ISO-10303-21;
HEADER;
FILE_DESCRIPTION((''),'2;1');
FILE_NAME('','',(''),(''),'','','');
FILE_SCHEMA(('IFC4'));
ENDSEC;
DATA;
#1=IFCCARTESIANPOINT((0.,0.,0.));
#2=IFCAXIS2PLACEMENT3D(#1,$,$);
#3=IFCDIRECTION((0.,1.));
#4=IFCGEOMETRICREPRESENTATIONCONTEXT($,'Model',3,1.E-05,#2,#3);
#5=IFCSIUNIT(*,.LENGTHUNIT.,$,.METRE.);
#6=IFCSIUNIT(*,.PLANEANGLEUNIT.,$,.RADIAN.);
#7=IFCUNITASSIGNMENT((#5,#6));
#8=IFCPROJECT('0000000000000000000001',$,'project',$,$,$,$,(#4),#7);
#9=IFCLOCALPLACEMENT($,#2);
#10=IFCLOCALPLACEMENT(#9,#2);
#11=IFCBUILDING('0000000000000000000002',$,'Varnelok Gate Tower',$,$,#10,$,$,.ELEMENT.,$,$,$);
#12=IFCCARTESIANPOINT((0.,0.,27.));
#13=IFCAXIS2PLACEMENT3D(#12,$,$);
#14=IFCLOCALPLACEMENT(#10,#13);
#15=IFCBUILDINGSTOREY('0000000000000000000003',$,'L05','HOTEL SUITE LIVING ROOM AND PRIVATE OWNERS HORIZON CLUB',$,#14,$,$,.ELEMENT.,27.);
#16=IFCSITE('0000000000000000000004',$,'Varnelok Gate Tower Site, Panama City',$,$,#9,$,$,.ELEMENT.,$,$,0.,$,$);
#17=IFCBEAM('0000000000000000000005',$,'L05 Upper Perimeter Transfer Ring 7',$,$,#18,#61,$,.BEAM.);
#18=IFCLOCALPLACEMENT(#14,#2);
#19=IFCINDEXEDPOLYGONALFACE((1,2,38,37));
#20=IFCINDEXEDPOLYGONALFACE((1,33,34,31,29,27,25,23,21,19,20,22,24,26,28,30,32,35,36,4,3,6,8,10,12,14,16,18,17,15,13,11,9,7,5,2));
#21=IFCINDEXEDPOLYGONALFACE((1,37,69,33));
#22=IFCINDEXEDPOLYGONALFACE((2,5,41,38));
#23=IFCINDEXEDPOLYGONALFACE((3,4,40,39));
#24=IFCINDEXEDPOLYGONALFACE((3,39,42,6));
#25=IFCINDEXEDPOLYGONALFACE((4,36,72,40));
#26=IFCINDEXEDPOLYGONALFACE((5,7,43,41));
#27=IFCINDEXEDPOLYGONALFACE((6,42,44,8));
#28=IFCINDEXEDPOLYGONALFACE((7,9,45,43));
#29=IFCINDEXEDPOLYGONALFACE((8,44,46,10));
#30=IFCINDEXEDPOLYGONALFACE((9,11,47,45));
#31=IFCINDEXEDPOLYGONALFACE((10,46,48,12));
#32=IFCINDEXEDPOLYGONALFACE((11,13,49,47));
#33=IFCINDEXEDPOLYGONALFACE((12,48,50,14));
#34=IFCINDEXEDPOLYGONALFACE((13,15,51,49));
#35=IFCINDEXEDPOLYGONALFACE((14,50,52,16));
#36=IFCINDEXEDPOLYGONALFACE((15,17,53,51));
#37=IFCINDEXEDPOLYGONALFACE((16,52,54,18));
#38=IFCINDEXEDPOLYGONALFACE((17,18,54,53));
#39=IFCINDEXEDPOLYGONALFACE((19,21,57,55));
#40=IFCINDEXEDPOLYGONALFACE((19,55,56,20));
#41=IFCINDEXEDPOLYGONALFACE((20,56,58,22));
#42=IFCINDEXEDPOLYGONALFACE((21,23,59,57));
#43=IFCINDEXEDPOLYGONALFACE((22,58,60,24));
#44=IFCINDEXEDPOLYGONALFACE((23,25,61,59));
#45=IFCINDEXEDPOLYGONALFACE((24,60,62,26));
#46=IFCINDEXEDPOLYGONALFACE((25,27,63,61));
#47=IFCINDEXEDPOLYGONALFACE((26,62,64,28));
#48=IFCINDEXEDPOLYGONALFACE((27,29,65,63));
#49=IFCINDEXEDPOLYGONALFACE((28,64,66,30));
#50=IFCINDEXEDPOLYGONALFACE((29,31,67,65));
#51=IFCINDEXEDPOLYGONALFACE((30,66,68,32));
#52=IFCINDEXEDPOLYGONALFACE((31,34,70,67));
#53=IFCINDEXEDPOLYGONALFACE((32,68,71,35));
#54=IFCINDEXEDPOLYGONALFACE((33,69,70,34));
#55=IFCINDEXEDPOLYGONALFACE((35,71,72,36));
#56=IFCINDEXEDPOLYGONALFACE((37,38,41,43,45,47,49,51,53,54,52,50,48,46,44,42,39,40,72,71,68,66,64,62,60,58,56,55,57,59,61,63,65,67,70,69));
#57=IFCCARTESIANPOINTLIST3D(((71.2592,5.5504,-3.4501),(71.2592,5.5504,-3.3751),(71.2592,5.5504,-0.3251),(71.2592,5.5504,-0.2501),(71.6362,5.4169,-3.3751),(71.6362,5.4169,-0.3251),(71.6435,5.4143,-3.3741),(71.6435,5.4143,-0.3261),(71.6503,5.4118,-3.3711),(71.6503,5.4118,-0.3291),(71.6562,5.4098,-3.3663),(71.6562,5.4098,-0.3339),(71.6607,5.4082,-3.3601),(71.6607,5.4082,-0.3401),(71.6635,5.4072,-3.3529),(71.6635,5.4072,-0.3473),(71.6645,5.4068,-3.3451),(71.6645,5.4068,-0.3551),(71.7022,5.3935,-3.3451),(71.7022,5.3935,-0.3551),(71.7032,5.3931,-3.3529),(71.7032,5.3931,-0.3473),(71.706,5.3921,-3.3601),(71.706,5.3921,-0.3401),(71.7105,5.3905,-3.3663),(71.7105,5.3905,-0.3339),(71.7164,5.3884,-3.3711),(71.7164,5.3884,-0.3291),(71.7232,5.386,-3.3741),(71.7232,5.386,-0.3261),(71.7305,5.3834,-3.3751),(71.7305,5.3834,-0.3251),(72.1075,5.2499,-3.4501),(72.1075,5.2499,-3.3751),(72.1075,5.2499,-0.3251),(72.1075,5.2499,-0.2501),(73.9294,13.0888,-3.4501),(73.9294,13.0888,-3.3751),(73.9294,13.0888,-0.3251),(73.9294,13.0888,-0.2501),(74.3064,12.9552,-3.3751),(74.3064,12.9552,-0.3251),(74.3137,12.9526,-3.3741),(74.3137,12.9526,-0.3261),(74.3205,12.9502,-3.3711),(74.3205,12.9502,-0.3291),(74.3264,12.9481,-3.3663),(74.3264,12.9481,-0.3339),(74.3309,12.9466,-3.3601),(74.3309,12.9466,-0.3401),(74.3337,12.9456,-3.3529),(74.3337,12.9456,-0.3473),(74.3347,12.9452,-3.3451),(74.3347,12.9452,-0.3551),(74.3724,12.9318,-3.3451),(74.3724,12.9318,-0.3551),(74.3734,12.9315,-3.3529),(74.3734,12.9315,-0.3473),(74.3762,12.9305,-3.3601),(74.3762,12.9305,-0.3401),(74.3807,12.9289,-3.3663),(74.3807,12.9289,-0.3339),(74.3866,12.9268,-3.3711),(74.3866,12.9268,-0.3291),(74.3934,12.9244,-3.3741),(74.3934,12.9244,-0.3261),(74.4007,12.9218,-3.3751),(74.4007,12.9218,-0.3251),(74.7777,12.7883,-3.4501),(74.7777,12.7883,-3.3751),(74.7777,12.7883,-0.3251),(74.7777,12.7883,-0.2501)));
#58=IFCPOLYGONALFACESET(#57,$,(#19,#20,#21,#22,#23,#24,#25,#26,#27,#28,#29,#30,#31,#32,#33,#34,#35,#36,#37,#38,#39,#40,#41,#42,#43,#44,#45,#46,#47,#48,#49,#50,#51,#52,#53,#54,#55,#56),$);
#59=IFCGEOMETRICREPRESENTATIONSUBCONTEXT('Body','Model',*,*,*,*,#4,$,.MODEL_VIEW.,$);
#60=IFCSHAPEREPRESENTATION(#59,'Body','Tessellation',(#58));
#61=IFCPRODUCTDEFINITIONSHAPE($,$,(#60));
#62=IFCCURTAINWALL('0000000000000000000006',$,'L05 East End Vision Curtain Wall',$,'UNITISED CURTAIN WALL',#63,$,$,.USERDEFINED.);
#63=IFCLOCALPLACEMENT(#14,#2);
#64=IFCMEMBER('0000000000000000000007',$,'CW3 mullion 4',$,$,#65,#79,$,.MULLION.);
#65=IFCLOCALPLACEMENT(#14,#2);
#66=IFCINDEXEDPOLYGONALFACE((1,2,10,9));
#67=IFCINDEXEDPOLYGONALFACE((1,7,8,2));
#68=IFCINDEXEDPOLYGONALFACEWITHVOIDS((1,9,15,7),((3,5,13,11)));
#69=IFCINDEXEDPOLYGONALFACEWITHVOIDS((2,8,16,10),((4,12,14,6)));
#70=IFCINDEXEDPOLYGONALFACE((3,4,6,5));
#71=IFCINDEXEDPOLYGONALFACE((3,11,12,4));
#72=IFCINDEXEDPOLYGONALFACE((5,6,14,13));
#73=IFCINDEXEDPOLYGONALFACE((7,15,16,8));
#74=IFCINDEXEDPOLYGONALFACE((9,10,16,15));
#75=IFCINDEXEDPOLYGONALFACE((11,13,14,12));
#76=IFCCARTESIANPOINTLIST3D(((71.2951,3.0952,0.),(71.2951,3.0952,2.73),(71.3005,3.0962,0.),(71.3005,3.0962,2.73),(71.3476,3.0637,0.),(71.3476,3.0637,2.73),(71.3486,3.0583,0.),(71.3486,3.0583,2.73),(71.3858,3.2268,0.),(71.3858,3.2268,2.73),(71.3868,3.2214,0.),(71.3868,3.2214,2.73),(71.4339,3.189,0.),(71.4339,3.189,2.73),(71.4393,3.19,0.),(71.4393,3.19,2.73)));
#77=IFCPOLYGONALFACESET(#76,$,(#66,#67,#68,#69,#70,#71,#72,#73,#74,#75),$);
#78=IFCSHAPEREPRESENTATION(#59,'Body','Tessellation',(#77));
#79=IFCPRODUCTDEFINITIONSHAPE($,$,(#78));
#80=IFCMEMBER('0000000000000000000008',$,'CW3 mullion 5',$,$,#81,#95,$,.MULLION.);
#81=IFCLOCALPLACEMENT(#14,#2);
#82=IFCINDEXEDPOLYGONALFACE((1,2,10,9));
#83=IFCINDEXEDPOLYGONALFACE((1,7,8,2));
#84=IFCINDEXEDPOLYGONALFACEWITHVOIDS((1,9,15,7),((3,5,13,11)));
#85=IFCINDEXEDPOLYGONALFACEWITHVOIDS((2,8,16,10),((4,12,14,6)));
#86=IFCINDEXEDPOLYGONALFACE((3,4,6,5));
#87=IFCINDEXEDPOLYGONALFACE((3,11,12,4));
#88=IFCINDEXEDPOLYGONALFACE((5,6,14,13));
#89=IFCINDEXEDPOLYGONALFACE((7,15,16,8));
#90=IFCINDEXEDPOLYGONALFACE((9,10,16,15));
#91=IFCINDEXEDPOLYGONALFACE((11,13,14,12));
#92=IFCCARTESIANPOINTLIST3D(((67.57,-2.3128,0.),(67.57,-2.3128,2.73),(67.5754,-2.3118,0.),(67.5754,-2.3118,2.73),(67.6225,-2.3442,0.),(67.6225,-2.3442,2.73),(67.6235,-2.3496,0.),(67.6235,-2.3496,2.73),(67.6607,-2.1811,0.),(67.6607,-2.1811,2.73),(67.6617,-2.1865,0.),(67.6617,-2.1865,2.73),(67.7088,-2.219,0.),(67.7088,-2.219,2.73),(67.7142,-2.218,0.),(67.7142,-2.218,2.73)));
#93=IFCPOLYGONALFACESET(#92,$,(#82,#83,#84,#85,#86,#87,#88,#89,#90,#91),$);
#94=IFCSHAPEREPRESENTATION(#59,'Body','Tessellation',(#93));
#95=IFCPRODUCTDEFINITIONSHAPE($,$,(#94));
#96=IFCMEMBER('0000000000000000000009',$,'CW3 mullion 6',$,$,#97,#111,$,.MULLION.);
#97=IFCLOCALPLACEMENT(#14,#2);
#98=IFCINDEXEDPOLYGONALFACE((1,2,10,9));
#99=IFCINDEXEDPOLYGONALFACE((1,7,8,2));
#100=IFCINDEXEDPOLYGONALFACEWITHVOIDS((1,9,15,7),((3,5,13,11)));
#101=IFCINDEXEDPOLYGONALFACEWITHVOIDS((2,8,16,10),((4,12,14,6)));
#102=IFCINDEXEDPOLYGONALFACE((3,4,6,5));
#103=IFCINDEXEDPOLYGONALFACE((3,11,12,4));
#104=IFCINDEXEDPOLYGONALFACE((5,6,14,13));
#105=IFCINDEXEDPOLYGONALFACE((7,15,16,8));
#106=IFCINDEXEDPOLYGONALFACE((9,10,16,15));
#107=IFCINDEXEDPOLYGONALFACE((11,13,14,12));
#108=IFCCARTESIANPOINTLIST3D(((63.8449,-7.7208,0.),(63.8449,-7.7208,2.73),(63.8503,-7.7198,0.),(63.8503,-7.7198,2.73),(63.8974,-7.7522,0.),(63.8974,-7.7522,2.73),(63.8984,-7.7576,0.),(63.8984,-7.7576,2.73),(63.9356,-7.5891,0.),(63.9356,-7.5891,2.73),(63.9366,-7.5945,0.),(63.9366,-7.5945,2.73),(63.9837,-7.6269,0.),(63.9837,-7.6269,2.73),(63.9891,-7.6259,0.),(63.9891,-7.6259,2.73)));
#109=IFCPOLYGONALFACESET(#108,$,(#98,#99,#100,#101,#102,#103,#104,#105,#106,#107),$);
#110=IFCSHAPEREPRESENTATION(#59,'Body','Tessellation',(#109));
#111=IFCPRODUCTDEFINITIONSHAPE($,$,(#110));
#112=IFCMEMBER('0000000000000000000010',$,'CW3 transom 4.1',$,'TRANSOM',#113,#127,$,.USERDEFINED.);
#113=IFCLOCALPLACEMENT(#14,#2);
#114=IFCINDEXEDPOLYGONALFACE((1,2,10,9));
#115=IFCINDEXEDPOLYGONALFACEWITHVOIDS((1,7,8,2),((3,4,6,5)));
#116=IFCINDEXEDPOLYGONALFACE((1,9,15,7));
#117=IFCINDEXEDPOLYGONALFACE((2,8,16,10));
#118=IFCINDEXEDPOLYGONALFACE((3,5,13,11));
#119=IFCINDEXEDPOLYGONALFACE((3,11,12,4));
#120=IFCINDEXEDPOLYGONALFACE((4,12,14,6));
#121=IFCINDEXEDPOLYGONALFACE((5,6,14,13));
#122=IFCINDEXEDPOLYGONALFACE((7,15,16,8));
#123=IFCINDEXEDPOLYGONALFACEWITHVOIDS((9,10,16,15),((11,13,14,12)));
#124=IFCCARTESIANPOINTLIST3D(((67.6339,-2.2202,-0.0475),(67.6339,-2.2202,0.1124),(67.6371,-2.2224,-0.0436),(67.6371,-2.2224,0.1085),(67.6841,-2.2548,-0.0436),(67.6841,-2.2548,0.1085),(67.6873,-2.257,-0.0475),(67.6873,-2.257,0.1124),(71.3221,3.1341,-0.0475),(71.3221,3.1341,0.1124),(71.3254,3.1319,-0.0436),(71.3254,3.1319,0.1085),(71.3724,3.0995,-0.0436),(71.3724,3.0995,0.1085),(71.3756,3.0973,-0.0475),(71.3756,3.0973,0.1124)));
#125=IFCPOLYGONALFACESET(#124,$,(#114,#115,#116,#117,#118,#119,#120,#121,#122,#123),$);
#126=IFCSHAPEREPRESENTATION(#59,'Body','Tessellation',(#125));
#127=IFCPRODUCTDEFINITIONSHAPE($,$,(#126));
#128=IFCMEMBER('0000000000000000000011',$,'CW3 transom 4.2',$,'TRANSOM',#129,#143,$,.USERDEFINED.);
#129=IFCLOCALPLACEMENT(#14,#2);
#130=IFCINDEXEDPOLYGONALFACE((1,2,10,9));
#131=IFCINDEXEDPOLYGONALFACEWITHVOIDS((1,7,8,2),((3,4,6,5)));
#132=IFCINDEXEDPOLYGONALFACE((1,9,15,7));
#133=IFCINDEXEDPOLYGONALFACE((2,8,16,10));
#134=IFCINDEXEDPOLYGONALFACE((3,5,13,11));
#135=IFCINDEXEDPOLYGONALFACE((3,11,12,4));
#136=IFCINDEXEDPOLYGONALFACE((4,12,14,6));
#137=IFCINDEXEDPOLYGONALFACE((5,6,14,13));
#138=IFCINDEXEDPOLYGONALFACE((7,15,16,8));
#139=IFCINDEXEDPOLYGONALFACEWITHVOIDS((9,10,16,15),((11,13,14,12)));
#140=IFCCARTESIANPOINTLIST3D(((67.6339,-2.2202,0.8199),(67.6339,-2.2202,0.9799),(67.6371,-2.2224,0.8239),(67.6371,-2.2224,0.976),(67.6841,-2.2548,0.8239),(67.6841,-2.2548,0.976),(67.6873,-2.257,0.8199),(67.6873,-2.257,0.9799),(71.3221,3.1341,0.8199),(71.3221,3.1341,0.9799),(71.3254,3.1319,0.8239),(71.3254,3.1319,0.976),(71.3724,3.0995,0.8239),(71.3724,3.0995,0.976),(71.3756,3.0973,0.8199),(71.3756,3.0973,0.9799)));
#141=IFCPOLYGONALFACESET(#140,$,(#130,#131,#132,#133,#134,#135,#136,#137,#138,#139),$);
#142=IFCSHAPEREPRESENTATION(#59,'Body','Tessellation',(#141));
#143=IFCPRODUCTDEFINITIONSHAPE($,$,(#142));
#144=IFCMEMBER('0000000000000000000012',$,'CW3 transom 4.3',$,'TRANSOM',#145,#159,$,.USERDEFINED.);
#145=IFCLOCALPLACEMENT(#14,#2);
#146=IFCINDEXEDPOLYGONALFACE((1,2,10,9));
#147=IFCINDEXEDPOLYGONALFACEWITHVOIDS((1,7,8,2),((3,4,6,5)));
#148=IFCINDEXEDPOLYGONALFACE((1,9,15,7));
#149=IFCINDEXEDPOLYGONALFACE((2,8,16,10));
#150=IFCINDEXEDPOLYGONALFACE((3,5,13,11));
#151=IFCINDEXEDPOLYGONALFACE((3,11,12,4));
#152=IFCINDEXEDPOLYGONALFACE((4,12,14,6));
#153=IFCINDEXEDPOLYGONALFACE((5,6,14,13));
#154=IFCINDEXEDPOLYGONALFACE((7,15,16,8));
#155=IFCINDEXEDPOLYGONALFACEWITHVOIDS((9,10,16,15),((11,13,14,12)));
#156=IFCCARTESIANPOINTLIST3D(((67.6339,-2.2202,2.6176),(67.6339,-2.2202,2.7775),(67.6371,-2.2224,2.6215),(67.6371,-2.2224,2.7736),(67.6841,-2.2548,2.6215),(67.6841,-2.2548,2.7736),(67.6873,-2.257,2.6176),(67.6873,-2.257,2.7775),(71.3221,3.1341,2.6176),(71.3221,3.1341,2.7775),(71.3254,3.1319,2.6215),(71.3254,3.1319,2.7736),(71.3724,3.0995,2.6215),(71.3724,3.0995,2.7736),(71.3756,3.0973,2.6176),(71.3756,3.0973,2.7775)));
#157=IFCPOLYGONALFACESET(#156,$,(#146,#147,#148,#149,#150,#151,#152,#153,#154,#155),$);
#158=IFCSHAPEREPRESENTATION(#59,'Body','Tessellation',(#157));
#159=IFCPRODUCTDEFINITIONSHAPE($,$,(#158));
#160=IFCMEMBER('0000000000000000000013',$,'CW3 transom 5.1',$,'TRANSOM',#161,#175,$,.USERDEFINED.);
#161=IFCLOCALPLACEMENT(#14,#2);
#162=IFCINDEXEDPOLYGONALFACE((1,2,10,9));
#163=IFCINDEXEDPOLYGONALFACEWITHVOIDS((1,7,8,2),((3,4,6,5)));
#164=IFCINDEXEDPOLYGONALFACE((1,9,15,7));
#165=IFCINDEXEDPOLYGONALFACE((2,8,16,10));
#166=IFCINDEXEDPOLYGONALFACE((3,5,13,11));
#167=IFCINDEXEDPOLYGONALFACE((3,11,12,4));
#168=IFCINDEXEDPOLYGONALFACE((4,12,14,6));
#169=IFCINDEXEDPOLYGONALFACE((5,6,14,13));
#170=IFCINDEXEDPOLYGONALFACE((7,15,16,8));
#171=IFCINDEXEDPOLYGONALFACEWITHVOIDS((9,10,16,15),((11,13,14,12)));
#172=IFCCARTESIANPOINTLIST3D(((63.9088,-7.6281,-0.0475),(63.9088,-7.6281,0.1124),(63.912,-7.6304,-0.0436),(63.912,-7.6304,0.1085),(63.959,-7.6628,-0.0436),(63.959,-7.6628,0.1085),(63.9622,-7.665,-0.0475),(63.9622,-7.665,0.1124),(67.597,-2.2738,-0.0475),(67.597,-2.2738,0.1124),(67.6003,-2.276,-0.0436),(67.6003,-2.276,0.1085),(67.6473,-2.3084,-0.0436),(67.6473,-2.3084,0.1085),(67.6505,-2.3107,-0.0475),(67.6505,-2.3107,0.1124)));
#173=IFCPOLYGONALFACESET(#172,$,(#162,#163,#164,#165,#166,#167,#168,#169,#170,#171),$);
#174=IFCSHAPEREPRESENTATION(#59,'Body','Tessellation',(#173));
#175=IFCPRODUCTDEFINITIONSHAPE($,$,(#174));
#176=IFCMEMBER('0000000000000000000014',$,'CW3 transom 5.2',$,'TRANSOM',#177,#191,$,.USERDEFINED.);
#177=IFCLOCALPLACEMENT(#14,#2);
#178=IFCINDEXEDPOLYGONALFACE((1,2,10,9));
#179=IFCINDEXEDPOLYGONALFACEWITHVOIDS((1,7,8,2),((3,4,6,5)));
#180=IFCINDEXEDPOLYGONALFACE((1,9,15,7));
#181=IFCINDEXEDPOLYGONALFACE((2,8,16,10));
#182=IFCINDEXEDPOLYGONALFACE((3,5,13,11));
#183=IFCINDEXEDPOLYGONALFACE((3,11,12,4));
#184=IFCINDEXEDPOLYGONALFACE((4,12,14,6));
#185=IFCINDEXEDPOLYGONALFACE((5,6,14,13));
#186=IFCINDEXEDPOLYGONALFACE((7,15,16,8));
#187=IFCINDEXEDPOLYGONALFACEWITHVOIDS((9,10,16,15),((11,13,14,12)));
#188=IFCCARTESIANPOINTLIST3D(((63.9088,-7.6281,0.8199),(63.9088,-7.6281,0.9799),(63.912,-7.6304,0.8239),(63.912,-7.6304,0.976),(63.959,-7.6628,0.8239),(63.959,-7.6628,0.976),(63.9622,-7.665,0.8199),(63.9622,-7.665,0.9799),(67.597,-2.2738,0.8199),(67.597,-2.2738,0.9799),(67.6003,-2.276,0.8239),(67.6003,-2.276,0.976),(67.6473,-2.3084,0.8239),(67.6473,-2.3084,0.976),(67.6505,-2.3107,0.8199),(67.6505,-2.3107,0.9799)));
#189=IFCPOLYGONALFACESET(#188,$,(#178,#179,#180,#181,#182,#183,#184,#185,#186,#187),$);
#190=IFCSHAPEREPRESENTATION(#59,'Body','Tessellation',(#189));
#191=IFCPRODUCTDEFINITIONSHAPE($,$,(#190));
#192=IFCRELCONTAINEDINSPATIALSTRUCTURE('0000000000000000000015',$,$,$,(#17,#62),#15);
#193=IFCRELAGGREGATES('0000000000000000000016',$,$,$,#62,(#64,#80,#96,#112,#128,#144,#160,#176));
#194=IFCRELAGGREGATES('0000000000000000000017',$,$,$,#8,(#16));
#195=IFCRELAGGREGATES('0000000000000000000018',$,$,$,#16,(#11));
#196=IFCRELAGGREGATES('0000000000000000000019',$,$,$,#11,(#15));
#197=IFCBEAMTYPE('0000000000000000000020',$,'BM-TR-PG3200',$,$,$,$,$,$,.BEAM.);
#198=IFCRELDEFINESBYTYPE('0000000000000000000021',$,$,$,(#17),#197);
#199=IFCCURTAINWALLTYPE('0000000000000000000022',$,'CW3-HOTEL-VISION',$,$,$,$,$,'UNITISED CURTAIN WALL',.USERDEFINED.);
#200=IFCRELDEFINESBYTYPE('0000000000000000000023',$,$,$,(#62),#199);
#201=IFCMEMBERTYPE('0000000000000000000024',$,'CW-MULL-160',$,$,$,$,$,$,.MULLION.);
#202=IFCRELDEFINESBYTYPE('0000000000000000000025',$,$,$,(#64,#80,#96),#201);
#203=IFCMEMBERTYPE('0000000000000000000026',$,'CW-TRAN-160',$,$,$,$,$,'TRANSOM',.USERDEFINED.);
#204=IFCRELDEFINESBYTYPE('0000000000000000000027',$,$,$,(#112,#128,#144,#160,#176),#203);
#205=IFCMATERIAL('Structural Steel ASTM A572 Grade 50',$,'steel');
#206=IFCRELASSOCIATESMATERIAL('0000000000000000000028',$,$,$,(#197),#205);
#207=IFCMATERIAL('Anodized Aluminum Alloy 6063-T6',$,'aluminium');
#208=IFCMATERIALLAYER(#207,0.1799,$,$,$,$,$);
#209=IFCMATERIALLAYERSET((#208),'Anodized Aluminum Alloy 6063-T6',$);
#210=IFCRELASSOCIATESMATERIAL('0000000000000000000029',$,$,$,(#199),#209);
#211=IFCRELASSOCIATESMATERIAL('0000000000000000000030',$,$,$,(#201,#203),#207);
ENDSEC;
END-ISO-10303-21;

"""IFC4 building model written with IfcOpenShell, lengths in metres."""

from ifc_helpers import new_model, si_unit, direction, frame, origin, origin_2d, place, context, subcontext, project, spatial, hollow_rectangle, i_section, extrude, material, layer, layer_set, material_profile, profile_set, type_object, element, aggregate, save


model = new_model("IFC4")

# Units and contexts
model_context = context("Model", 3, precision=1e-05, world=origin(), true_north=direction((0.0, 1.0)))
body_context = subcontext(model_context, "Body", "Model", "MODEL_VIEW")
ifc_project = project(units=[si_unit("LENGTHUNIT", "METRE"), si_unit("PLANEANGLEUNIT", "RADIAN")], contexts=[model_context])

# Site, building, storey
site_placement = place(None, origin())
site = spatial("IfcSite", under=ifc_project, at=site_placement, Name="Varnelok Gate Tower Site, Panama City", CompositionType="ELEMENT", RefElevation=0.0)
building_placement = place(site_placement, origin())
building = spatial("IfcBuilding", under=site, at=building_placement, Name="Varnelok Gate Tower", CompositionType="ELEMENT")
storey_placement = place(building_placement, frame((0.0, 0.0, 27.0)))
storey = spatial("IfcBuildingStorey", under=building, at=storey_placement, Name="L05", Description="HOTEL SUITE LIVING ROOM AND PRIVATE OWNERS HORIZON CLUB", CompositionType="ELEMENT", Elevation=27.0)

# Beam
ifc_material_1 = material(Name="Structural Steel ASTM A572 Grade 50", Category="steel")
ifc_material_profile_1 = material_profile(ifc_material_1, i_section(OverallWidth=0.8999, OverallDepth=3.2, WebThickness=0.04, FlangeThickness=0.075, FilletRadius=0.03, at=origin_2d()), Name="PG3200X900")
ifc_profile_set_1 = profile_set([ifc_material_profile_1], Name="Structural Steel ASTM A572 Grade 50")
beam_type = type_object("IfcBeamType", Name="BM-TR-PG3200", PredefinedType="BEAM", material=ifc_profile_set_1)
beam_1_placement = place(storey_placement, frame((71.6833, 5.4001, -1.8501), z_axis=(0.333885, 0.942614, 0.0), x_axis=(-0.942614, 0.333885, 0.0)))
element("IfcBeam", 1, at=beam_1_placement, inside=storey, type_object=beam_type, Name="L05 Upper Perimeter Transfer Ring 7", PredefinedType="BEAM", context=body_context, shape_type="SweptSolid", body=[
    extrude(i_section(OverallWidth=0.8999, OverallDepth=3.2, WebThickness=0.04, FlangeThickness=0.075, FilletRadius=0.03, at=origin_2d()), origin(), (0.0, 0.0, 1.0), 7.9973),
])

# Curtain wall, members
ifc_material_2 = material(Name="Anodized Aluminum Alloy 6063-T6", Category="aluminium")
ifc_layer_1 = layer(ifc_material_2, 0.1799)
ifc_layer_set_1 = layer_set([ifc_layer_1], Name="Anodized Aluminum Alloy 6063-T6")
curtain_wall_type = type_object("IfcCurtainWallType", Name="CW3-HOTEL-VISION", ElementType="UNITISED CURTAIN WALL", PredefinedType="USERDEFINED", material=ifc_layer_set_1)
curtain_wall_placement = place(storey_placement, origin())
curtain_wall = element("IfcCurtainWall", 2, at=curtain_wall_placement, inside=storey, type_object=curtain_wall_type, Name="L05 East End Vision Curtain Wall", ObjectType="UNITISED CURTAIN WALL", PredefinedType="USERDEFINED")
ifc_material_profile_2 = material_profile(ifc_material_2, hollow_rectangle(XDim=0.0649, YDim=0.1599, WallThickness=0.0039, at=origin_2d()), Name="ALU160X65X4")
ifc_profile_set_2 = profile_set([ifc_material_profile_2], Name="Anodized Aluminum Alloy 6063-T6")
member_type_1 = type_object("IfcMemberType", Name="CW-MULL-160", PredefinedType="MULLION", material=ifc_profile_set_2)
member_1_placement = place(storey_placement, frame((71.3672, 3.1426, 0.0), z_axis=(0.0, 0.0, 1.0), x_axis=(0.823533, -0.567269, 0.0)))
member_1 = element("IfcMember", 3, at=member_1_placement, type_object=member_type_1, Name="CW3 mullion 4", PredefinedType="MULLION", context=body_context, shape_type="SweptSolid", body=[
    extrude(hollow_rectangle(XDim=0.0649, YDim=0.1599, WallThickness=0.0039, at=origin_2d()), origin(), (0.0, 0.0, 1.0), 2.73),
])
member_2_placement = place(storey_placement, frame((67.6421, -2.2654, 0.0), z_axis=(0.0, 0.0, 1.0), x_axis=(0.823533, -0.567269, 0.0)))
member_2 = element("IfcMember", 4, at=member_2_placement, type_object=member_type_1, Name="CW3 mullion 5", PredefinedType="MULLION", context=body_context, shape_type="SweptSolid", body=[
    extrude(hollow_rectangle(XDim=0.0649, YDim=0.1599, WallThickness=0.0039, at=origin_2d()), origin(), (0.0, 0.0, 1.0), 2.73),
])
member_3_placement = place(storey_placement, frame((63.917, -7.6733, 0.0), z_axis=(0.0, 0.0, 1.0), x_axis=(0.823533, -0.567269, 0.0)))
member_3 = element("IfcMember", 5, at=member_3_placement, type_object=member_type_1, Name="CW3 mullion 6", PredefinedType="MULLION", context=body_context, shape_type="SweptSolid", body=[
    extrude(hollow_rectangle(XDim=0.0649, YDim=0.1599, WallThickness=0.0039, at=origin_2d()), origin(), (0.0, 0.0, 1.0), 2.73),
])
ifc_material_profile_3 = material_profile(ifc_material_2, hollow_rectangle(XDim=0.0649, YDim=0.1599, WallThickness=0.0039, at=origin_2d()), Name="ALU160X65X4")
ifc_profile_set_3 = profile_set([ifc_material_profile_3], Name="Anodized Aluminum Alloy 6063-T6")
member_type_2 = type_object("IfcMemberType", Name="CW-TRAN-160", ElementType="TRANSOM", PredefinedType="USERDEFINED", material=ifc_profile_set_3)
member_4_placement = place(storey_placement, frame((71.3489, 3.1157, 0.0325), z_axis=(-0.567279, -0.823526, 0.0), x_axis=(0.823526, -0.567279, 0.0)))
member_4 = element("IfcMember", 6, at=member_4_placement, type_object=member_type_2, Name="CW3 transom 4.1", ObjectType="TRANSOM", PredefinedType="USERDEFINED", context=body_context, shape_type="SweptSolid", body=[
    extrude(hollow_rectangle(XDim=0.0649, YDim=0.1599, WallThickness=0.0039, at=origin_2d()), origin(), (0.0, 0.0, 1.0), 6.5017),
])
member_5_placement = place(storey_placement, frame((71.3489, 3.1157, 0.8999), z_axis=(-0.567279, -0.823526, 0.0), x_axis=(0.823526, -0.567279, 0.0)))
member_5 = element("IfcMember", 7, at=member_5_placement, type_object=member_type_2, Name="CW3 transom 4.2", ObjectType="TRANSOM", PredefinedType="USERDEFINED", context=body_context, shape_type="SweptSolid", body=[
    extrude(hollow_rectangle(XDim=0.0649, YDim=0.1599, WallThickness=0.0039, at=origin_2d()), origin(), (0.0, 0.0, 1.0), 6.5017),
])
member_6_placement = place(storey_placement, frame((71.3489, 3.1157, 2.6975), z_axis=(-0.567279, -0.823526, 0.0), x_axis=(0.823526, -0.567279, 0.0)))
member_6 = element("IfcMember", 8, at=member_6_placement, type_object=member_type_2, Name="CW3 transom 4.3", ObjectType="TRANSOM", PredefinedType="USERDEFINED", context=body_context, shape_type="SweptSolid", body=[
    extrude(hollow_rectangle(XDim=0.0649, YDim=0.1599, WallThickness=0.0039, at=origin_2d()), origin(), (0.0, 0.0, 1.0), 6.5017),
])
member_7_placement = place(storey_placement, frame((67.6238, -2.2922, 0.0325), z_axis=(-0.567279, -0.823526, 0.0), x_axis=(0.823526, -0.567279, 0.0)))
member_7 = element("IfcMember", 9, at=member_7_placement, type_object=member_type_2, Name="CW3 transom 5.1", ObjectType="TRANSOM", PredefinedType="USERDEFINED", context=body_context, shape_type="SweptSolid", body=[
    extrude(hollow_rectangle(XDim=0.0649, YDim=0.1599, WallThickness=0.0039, at=origin_2d()), origin(), (0.0, 0.0, 1.0), 6.5017),
])
member_8_placement = place(storey_placement, frame((67.6238, -2.2922, 0.8999), z_axis=(-0.567279, -0.823526, 0.0), x_axis=(0.823526, -0.567279, 0.0)))
member_8 = element("IfcMember", 10, at=member_8_placement, type_object=member_type_2, Name="CW3 transom 5.2", ObjectType="TRANSOM", PredefinedType="USERDEFINED", context=body_context, shape_type="SweptSolid", body=[
    extrude(hollow_rectangle(XDim=0.0649, YDim=0.1599, WallThickness=0.0039, at=origin_2d()), origin(), (0.0, 0.0, 1.0), 6.5017),
])
aggregate(curtain_wall, [member_1, member_2, member_3, member_4, member_5, member_6, member_7, member_8])

save(model, "model.ifc")
